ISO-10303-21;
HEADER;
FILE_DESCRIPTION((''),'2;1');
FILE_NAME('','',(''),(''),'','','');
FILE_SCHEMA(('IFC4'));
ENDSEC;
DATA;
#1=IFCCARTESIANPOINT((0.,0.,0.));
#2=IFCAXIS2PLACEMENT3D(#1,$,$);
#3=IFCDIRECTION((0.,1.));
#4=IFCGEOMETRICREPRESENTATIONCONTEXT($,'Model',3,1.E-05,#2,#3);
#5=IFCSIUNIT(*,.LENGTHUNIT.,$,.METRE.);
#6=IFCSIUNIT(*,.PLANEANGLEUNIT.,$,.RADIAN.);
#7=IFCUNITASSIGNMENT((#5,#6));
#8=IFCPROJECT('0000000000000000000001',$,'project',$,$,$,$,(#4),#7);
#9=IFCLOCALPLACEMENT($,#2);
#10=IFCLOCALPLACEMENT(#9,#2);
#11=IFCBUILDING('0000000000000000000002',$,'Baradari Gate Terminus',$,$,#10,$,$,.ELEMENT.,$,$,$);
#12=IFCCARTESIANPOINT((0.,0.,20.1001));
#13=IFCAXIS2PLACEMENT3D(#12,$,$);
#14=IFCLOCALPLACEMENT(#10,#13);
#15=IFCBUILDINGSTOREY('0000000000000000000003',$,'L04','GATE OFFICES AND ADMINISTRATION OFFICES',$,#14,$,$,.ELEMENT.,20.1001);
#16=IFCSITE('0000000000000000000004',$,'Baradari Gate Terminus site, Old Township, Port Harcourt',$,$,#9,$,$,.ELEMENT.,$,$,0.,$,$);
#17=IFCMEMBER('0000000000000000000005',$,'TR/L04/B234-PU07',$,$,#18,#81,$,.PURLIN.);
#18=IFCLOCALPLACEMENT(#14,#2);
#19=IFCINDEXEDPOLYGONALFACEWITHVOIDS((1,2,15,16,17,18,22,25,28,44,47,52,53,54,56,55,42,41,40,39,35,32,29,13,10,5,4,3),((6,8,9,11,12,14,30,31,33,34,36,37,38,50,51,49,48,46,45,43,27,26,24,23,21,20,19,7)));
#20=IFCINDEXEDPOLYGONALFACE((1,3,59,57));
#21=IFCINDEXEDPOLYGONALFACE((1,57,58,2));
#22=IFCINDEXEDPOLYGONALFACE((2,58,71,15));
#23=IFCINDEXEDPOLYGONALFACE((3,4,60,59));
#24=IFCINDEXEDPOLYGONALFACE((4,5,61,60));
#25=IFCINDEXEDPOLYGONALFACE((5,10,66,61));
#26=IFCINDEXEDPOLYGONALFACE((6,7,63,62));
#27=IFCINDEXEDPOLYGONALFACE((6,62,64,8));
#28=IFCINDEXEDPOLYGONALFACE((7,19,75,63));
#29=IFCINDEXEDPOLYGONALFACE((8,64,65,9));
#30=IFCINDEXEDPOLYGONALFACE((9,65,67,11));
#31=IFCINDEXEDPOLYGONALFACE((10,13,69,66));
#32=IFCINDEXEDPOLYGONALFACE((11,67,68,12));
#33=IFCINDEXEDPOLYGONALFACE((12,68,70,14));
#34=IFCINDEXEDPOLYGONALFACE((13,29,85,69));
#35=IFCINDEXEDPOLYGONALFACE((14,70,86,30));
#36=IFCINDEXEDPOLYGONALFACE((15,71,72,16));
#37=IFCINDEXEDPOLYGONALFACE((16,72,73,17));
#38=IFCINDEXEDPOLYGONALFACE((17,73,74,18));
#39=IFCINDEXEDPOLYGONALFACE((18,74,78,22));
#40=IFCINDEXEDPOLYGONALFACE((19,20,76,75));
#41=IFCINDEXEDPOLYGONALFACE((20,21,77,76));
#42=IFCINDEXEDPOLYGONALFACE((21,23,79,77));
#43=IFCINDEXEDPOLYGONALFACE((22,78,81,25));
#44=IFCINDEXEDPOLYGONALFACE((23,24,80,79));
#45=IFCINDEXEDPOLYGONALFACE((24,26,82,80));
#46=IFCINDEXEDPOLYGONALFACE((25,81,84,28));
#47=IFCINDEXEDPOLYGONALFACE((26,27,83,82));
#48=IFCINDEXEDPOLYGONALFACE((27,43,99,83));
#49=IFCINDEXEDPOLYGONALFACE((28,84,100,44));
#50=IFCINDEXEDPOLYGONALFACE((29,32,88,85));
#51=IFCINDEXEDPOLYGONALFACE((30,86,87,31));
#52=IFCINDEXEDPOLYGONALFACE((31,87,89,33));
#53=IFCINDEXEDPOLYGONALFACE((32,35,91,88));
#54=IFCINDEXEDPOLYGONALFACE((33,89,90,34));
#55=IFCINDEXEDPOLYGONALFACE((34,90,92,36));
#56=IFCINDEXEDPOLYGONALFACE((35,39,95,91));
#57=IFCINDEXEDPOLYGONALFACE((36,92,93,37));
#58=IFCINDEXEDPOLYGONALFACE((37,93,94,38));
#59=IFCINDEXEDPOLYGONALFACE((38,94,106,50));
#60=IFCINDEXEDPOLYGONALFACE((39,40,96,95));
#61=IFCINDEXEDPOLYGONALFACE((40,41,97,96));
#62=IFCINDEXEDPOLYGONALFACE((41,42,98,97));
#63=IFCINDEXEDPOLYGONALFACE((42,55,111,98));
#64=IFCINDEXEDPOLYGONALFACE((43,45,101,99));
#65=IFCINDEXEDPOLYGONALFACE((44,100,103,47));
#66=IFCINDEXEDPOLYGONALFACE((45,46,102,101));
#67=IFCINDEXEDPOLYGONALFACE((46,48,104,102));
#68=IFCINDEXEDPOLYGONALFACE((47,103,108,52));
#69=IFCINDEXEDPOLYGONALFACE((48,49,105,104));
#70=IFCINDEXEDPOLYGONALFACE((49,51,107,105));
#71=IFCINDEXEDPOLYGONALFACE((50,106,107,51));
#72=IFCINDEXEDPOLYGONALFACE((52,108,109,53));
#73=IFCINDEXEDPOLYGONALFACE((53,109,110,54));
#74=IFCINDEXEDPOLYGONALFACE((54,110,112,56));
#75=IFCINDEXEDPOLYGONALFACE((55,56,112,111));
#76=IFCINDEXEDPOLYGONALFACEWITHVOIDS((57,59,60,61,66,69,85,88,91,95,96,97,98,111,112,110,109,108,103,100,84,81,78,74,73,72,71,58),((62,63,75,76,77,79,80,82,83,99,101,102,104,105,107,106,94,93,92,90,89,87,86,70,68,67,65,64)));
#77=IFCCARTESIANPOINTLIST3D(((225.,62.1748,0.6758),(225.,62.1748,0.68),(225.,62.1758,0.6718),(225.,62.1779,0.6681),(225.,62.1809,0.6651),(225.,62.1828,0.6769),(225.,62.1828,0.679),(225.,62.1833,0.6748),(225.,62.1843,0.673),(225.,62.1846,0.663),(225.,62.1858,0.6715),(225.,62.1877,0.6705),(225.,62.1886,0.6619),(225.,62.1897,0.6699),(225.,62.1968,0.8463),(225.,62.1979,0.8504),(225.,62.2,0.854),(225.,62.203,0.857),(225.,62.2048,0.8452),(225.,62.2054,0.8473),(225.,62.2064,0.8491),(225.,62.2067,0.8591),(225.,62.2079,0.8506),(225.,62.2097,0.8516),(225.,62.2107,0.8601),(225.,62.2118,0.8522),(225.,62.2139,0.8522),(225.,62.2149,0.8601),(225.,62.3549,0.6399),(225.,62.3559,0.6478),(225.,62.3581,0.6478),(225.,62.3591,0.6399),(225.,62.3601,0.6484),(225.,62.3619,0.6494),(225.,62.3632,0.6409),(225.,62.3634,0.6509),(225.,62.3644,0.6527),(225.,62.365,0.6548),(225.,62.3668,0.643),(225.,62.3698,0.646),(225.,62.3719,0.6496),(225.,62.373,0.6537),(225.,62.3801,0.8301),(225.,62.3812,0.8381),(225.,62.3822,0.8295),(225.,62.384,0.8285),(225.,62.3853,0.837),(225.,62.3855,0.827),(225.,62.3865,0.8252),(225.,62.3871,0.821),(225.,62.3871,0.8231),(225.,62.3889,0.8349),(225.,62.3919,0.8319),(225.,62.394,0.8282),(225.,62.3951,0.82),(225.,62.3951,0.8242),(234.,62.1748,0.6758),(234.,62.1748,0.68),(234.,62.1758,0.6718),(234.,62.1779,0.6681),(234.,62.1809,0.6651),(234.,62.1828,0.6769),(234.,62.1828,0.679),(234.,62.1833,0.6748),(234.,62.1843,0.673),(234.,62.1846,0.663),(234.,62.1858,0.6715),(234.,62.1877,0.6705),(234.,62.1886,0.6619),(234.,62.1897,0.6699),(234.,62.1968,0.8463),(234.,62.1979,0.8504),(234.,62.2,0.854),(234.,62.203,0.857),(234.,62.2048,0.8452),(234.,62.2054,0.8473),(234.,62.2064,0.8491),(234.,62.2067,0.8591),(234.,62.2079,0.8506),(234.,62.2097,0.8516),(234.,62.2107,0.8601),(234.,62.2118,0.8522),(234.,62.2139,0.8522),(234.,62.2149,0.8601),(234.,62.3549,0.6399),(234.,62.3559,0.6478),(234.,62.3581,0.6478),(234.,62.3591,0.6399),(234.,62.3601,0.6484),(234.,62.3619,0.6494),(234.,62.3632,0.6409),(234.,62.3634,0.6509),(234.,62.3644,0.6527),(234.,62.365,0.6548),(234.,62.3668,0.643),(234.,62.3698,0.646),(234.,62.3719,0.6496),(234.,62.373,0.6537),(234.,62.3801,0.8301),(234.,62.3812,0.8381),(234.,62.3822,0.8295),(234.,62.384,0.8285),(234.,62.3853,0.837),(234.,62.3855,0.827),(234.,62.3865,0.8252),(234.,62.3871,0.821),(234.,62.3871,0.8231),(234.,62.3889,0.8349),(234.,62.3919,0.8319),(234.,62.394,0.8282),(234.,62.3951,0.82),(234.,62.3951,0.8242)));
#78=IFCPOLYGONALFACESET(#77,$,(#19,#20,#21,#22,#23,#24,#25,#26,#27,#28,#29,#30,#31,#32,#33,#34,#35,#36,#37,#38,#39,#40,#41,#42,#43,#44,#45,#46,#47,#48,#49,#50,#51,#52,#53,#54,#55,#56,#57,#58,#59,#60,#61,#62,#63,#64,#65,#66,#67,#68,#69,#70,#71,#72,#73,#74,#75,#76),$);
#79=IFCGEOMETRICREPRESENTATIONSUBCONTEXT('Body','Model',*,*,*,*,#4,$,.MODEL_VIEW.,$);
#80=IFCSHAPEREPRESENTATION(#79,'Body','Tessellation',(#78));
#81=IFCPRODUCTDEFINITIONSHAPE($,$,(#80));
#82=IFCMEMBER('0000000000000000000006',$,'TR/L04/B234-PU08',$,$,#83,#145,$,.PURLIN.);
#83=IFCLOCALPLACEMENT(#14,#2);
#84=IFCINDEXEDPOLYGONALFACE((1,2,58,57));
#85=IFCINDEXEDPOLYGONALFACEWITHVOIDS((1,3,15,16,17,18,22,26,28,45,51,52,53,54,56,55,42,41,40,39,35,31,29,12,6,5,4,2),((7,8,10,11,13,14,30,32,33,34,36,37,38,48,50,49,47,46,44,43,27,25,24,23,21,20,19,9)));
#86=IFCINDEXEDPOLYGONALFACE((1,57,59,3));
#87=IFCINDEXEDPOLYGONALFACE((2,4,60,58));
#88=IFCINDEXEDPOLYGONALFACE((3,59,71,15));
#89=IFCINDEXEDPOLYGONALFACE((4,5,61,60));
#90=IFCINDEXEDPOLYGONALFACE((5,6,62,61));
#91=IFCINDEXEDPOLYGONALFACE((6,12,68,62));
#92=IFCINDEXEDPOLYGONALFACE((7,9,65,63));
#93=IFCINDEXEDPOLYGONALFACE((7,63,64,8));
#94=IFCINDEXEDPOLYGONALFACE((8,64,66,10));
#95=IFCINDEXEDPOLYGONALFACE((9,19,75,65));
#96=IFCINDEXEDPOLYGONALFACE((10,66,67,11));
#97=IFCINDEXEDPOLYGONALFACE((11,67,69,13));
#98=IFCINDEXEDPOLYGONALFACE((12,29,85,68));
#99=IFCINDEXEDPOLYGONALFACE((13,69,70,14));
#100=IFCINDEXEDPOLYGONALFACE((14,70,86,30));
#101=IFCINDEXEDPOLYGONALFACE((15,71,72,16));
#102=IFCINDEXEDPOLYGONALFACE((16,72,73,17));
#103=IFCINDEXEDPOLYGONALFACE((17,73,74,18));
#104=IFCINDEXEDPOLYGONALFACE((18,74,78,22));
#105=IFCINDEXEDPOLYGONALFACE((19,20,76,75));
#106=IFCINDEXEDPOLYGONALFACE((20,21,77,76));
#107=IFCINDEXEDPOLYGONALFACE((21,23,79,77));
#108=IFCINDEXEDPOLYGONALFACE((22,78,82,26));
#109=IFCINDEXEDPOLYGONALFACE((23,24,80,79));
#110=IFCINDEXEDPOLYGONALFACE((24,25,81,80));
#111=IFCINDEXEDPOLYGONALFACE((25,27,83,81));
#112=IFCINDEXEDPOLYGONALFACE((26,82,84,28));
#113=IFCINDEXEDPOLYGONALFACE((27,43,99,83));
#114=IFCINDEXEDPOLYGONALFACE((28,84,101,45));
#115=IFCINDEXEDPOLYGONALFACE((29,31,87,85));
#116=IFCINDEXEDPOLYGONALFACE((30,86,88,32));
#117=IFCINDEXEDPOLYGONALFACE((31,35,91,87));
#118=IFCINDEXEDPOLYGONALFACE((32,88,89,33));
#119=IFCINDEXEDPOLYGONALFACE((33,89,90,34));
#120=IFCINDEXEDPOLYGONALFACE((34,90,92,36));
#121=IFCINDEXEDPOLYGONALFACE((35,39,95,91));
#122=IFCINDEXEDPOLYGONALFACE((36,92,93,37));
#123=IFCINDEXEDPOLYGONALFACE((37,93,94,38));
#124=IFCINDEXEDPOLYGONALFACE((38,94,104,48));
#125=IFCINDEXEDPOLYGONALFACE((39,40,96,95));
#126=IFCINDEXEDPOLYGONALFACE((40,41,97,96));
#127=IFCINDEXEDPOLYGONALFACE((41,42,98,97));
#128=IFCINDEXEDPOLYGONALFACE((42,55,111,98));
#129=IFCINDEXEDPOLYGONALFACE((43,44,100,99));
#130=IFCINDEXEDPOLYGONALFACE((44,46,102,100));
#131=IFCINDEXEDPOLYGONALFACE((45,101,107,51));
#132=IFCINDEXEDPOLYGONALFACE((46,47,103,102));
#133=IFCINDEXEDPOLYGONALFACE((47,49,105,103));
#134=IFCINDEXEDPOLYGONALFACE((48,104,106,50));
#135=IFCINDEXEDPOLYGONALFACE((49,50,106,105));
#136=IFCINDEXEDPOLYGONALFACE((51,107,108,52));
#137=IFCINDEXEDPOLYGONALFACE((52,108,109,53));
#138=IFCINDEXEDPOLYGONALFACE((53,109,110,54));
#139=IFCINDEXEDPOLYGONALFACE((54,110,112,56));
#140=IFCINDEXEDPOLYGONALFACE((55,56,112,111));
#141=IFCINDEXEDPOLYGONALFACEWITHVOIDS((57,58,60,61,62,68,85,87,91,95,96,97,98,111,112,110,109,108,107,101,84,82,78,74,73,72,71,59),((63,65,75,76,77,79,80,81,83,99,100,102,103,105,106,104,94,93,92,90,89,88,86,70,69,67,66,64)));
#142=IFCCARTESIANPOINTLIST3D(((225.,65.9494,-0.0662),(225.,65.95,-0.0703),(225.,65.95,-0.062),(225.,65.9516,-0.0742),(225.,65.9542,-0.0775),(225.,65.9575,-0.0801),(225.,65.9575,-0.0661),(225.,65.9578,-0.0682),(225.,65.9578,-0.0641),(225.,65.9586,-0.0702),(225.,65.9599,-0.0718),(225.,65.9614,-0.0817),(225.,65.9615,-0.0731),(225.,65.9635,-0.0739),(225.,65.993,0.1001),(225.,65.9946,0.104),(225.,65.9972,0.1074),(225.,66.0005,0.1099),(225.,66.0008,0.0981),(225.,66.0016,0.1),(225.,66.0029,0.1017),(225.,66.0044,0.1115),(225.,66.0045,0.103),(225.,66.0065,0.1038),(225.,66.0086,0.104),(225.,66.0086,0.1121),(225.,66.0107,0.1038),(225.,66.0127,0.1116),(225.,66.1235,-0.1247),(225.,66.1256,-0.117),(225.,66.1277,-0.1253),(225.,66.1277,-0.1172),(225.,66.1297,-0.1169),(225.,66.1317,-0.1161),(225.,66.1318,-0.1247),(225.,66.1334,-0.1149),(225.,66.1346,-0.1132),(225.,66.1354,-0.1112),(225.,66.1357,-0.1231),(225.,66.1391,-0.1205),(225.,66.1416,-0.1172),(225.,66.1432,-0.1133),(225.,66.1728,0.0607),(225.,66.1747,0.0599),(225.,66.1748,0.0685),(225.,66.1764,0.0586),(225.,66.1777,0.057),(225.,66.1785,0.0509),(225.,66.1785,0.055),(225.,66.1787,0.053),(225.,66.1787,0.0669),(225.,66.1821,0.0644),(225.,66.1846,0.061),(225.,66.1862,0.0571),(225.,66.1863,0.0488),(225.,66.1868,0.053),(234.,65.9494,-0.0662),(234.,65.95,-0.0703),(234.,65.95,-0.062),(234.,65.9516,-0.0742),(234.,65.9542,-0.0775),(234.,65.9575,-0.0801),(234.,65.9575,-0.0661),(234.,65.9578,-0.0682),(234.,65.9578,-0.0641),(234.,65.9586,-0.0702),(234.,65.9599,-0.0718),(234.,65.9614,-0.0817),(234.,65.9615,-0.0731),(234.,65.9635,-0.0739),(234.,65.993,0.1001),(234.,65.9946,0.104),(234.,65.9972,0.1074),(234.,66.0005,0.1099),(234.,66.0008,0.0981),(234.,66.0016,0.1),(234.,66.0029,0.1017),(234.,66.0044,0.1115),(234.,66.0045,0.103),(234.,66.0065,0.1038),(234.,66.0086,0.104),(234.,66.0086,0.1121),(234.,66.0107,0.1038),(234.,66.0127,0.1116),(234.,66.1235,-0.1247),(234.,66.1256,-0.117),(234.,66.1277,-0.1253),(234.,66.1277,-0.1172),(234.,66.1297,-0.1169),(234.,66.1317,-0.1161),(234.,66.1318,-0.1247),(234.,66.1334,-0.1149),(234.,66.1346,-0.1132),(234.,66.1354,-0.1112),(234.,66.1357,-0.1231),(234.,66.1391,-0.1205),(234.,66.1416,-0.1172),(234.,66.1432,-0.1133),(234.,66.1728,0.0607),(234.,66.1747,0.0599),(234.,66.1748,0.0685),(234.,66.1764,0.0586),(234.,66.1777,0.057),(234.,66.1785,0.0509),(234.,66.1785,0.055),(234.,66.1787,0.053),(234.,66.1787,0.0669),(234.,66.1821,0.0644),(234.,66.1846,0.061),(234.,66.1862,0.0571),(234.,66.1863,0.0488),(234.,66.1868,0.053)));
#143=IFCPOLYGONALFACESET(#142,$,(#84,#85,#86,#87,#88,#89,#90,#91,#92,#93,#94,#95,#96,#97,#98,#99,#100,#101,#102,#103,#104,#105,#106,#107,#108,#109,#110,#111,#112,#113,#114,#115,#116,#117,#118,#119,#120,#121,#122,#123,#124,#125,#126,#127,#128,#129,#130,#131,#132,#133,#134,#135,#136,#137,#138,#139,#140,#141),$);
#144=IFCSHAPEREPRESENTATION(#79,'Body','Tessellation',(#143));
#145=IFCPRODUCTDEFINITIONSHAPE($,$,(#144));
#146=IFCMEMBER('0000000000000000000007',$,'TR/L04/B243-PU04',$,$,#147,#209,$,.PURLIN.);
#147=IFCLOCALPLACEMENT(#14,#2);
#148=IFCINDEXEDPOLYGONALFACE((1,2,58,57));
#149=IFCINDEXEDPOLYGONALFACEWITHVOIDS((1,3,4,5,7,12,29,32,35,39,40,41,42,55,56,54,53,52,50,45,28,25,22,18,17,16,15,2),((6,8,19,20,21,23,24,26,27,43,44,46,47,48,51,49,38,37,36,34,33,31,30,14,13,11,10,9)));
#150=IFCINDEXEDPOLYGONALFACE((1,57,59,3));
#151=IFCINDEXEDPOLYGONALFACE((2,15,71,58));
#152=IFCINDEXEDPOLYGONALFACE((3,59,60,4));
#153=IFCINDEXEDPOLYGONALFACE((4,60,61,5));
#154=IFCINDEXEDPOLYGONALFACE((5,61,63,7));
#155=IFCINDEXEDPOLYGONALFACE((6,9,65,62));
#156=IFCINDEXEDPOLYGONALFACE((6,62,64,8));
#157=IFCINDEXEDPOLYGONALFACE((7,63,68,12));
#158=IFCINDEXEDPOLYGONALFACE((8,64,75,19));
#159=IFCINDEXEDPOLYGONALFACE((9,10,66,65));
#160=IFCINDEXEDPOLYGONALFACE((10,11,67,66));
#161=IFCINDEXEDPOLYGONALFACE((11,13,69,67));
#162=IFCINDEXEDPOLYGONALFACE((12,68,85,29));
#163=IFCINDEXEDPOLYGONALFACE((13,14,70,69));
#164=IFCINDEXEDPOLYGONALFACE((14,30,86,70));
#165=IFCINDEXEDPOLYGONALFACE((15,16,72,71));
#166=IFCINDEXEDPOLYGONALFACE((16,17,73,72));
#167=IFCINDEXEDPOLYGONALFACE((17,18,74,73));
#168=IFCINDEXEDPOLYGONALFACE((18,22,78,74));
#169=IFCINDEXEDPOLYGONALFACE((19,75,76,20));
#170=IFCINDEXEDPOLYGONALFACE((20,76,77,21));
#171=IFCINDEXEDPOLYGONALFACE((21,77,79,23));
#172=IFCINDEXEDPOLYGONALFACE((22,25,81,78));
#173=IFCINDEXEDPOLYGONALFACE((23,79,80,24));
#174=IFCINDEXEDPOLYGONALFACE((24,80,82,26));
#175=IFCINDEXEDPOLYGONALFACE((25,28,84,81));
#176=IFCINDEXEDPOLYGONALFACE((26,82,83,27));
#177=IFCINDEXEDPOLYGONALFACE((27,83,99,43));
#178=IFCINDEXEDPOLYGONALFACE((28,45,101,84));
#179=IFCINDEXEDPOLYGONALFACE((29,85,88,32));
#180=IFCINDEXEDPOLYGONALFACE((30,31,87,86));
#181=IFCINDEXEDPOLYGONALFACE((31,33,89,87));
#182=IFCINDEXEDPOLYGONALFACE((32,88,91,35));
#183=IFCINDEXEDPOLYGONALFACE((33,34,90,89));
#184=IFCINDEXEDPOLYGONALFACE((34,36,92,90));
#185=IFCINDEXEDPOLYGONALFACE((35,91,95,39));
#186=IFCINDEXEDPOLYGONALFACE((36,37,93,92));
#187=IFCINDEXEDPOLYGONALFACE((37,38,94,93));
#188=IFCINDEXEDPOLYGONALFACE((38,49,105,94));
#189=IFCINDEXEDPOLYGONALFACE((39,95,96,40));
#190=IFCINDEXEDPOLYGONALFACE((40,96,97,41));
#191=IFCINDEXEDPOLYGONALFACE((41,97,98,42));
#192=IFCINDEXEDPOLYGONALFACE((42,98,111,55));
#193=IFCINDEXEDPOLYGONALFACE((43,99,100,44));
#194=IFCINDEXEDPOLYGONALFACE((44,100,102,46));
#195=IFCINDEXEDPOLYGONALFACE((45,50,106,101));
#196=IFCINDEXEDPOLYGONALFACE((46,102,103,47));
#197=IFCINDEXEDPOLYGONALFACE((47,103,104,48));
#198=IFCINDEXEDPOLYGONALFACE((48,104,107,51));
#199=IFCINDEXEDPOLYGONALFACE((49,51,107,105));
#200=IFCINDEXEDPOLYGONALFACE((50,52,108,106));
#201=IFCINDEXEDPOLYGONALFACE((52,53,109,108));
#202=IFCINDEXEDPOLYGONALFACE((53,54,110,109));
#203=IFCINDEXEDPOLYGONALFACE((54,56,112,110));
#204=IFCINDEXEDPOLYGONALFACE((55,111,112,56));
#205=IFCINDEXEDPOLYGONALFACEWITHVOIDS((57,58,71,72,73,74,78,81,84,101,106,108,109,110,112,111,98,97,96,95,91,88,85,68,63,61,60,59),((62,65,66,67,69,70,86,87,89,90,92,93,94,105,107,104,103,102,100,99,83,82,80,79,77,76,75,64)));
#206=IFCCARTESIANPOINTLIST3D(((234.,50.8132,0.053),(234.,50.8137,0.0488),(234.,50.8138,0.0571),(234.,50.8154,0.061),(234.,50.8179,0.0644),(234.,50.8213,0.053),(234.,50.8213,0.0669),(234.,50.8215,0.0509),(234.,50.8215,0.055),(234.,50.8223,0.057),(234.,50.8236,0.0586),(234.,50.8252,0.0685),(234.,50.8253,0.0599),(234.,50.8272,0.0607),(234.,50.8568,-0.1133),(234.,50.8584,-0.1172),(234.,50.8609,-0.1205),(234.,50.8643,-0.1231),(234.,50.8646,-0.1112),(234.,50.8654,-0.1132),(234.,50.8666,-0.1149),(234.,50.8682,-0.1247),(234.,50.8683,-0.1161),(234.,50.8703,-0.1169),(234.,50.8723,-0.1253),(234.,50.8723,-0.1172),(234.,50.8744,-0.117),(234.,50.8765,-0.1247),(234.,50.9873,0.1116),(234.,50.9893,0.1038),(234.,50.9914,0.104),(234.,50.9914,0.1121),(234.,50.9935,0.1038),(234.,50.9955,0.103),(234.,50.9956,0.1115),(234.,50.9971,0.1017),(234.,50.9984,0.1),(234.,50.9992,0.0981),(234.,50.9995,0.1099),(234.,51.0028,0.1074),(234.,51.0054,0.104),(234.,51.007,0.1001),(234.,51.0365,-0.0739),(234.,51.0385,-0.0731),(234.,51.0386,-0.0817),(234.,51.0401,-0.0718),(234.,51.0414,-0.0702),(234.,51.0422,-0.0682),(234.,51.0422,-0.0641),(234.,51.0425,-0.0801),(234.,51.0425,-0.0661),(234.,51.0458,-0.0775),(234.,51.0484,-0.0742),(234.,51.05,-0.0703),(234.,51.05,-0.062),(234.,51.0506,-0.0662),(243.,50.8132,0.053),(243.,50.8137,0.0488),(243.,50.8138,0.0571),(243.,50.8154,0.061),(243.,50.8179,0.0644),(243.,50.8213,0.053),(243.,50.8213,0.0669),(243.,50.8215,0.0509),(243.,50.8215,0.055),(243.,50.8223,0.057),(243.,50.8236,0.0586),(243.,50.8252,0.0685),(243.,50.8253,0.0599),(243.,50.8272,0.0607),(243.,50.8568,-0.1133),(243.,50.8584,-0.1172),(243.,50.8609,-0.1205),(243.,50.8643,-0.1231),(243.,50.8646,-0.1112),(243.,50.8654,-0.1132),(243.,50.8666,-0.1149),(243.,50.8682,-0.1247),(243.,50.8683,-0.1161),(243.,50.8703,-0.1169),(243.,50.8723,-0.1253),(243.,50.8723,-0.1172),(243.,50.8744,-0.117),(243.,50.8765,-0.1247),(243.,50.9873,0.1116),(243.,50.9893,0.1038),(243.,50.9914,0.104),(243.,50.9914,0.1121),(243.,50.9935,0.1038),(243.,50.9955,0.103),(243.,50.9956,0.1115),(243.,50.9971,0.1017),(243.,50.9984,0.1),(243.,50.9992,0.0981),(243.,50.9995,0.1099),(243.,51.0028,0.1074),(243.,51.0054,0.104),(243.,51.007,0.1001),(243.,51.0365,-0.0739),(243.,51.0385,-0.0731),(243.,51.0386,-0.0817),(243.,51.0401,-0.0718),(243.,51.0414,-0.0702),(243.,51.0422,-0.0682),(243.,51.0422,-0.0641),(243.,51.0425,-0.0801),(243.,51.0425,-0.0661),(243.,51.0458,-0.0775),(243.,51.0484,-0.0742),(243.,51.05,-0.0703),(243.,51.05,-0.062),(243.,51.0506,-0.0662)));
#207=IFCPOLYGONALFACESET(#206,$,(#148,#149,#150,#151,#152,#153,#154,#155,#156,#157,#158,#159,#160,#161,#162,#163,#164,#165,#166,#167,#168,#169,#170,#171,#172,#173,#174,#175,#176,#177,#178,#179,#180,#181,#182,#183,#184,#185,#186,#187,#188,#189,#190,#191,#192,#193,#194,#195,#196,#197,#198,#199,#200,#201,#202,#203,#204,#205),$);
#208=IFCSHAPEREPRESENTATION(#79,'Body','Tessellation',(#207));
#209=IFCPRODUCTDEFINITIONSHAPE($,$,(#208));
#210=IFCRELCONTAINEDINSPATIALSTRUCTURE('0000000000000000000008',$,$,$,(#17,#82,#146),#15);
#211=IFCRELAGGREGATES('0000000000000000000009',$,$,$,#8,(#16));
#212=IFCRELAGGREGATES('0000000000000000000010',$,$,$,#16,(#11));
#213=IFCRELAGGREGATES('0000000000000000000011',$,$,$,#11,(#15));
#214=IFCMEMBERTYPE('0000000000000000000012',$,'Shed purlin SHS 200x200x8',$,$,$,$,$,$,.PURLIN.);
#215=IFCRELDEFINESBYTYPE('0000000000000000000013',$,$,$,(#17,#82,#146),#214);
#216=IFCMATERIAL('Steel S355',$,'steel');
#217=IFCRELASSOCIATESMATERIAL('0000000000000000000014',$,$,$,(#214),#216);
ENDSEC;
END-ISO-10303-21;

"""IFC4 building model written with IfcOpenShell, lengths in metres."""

from ifc_helpers import new_model, si_unit, direction, frame, origin, origin_2d, place, context, subcontext, project, spatial, hollow_rectangle, extrude, material, material_profile, profile_set, type_object, element, save


model = new_model("IFC4")

# Units and contexts
model_context = context("Model", 3, precision=1e-05, world=origin(), true_north=direction((0.0, 1.0)))
body_context = subcontext(model_context, "Body", "Model", "MODEL_VIEW")
ifc_project = project(units=[si_unit("LENGTHUNIT", "METRE"), si_unit("PLANEANGLEUNIT", "RADIAN")], contexts=[model_context])

# Site, building, storey
site_placement = place(None, origin())
site = spatial("IfcSite", under=ifc_project, at=site_placement, Name="Baradari Gate Terminus site, Old Township, Port Harcourt", CompositionType="ELEMENT", RefElevation=0.0)
building_placement = place(site_placement, origin())
building = spatial("IfcBuilding", under=site, at=building_placement, Name="Baradari Gate Terminus", CompositionType="ELEMENT")
storey_placement = place(building_placement, frame((0.0, 0.0, 20.1001)))
storey = spatial("IfcBuildingStorey", under=building, at=storey_placement, Name="L04", Description="GATE OFFICES AND ADMINISTRATION OFFICES", CompositionType="ELEMENT", Elevation=20.1001)

# Members
ifc_material_1 = material(Name="Steel S355", Category="steel")
ifc_material_profile_1 = material_profile(ifc_material_1, hollow_rectangle(XDim=0.2, YDim=0.2, WallThickness=0.0081, InnerFilletRadius=0.0081, OuterFilletRadius=0.0161, at=origin_2d()), Name="SHS 200x200x8")
ifc_profile_set_1 = profile_set([ifc_material_profile_1], Name="Steel S355")
member_type_1 = type_object("IfcMemberType", Name="Shed purlin SHS 200x200x8", PredefinedType="PURLIN", material=ifc_profile_set_1)
for number, where, z_axis, x_axis, name in (
    (1, (225.0, 62.2849, 0.75), (1.0, 0.0, 0.0), (0.0, 0.991303, -0.131599), "TR/L04/B234-PU07"),
    (2, (225.0, 66.0681, -0.0066), (1.0, 0.0, 0.0), (0.0, 0.9665, -0.256668), "TR/L04/B234-PU08"),
    (3, (234.0, 50.9319, -0.0066), (1.0, 0.0, 0.0), (0.0, 0.9665, 0.256668), "TR/L04/B243-PU04"),
):
    element("IfcMember", number, at=place(storey_placement, frame(where, z_axis=z_axis, x_axis=x_axis)), inside=storey, type_object=member_type_1, Name=name, PredefinedType="PURLIN", context=body_context, shape_type="SweptSolid", body=[
        extrude(hollow_rectangle(XDim=0.2, YDim=0.2, WallThickness=0.0081, InnerFilletRadius=0.0081, OuterFilletRadius=0.0161, at=origin_2d()), origin(), (0.0, 0.0, 1.0), 9.0),
    ])

save(model, "model.ifc")
